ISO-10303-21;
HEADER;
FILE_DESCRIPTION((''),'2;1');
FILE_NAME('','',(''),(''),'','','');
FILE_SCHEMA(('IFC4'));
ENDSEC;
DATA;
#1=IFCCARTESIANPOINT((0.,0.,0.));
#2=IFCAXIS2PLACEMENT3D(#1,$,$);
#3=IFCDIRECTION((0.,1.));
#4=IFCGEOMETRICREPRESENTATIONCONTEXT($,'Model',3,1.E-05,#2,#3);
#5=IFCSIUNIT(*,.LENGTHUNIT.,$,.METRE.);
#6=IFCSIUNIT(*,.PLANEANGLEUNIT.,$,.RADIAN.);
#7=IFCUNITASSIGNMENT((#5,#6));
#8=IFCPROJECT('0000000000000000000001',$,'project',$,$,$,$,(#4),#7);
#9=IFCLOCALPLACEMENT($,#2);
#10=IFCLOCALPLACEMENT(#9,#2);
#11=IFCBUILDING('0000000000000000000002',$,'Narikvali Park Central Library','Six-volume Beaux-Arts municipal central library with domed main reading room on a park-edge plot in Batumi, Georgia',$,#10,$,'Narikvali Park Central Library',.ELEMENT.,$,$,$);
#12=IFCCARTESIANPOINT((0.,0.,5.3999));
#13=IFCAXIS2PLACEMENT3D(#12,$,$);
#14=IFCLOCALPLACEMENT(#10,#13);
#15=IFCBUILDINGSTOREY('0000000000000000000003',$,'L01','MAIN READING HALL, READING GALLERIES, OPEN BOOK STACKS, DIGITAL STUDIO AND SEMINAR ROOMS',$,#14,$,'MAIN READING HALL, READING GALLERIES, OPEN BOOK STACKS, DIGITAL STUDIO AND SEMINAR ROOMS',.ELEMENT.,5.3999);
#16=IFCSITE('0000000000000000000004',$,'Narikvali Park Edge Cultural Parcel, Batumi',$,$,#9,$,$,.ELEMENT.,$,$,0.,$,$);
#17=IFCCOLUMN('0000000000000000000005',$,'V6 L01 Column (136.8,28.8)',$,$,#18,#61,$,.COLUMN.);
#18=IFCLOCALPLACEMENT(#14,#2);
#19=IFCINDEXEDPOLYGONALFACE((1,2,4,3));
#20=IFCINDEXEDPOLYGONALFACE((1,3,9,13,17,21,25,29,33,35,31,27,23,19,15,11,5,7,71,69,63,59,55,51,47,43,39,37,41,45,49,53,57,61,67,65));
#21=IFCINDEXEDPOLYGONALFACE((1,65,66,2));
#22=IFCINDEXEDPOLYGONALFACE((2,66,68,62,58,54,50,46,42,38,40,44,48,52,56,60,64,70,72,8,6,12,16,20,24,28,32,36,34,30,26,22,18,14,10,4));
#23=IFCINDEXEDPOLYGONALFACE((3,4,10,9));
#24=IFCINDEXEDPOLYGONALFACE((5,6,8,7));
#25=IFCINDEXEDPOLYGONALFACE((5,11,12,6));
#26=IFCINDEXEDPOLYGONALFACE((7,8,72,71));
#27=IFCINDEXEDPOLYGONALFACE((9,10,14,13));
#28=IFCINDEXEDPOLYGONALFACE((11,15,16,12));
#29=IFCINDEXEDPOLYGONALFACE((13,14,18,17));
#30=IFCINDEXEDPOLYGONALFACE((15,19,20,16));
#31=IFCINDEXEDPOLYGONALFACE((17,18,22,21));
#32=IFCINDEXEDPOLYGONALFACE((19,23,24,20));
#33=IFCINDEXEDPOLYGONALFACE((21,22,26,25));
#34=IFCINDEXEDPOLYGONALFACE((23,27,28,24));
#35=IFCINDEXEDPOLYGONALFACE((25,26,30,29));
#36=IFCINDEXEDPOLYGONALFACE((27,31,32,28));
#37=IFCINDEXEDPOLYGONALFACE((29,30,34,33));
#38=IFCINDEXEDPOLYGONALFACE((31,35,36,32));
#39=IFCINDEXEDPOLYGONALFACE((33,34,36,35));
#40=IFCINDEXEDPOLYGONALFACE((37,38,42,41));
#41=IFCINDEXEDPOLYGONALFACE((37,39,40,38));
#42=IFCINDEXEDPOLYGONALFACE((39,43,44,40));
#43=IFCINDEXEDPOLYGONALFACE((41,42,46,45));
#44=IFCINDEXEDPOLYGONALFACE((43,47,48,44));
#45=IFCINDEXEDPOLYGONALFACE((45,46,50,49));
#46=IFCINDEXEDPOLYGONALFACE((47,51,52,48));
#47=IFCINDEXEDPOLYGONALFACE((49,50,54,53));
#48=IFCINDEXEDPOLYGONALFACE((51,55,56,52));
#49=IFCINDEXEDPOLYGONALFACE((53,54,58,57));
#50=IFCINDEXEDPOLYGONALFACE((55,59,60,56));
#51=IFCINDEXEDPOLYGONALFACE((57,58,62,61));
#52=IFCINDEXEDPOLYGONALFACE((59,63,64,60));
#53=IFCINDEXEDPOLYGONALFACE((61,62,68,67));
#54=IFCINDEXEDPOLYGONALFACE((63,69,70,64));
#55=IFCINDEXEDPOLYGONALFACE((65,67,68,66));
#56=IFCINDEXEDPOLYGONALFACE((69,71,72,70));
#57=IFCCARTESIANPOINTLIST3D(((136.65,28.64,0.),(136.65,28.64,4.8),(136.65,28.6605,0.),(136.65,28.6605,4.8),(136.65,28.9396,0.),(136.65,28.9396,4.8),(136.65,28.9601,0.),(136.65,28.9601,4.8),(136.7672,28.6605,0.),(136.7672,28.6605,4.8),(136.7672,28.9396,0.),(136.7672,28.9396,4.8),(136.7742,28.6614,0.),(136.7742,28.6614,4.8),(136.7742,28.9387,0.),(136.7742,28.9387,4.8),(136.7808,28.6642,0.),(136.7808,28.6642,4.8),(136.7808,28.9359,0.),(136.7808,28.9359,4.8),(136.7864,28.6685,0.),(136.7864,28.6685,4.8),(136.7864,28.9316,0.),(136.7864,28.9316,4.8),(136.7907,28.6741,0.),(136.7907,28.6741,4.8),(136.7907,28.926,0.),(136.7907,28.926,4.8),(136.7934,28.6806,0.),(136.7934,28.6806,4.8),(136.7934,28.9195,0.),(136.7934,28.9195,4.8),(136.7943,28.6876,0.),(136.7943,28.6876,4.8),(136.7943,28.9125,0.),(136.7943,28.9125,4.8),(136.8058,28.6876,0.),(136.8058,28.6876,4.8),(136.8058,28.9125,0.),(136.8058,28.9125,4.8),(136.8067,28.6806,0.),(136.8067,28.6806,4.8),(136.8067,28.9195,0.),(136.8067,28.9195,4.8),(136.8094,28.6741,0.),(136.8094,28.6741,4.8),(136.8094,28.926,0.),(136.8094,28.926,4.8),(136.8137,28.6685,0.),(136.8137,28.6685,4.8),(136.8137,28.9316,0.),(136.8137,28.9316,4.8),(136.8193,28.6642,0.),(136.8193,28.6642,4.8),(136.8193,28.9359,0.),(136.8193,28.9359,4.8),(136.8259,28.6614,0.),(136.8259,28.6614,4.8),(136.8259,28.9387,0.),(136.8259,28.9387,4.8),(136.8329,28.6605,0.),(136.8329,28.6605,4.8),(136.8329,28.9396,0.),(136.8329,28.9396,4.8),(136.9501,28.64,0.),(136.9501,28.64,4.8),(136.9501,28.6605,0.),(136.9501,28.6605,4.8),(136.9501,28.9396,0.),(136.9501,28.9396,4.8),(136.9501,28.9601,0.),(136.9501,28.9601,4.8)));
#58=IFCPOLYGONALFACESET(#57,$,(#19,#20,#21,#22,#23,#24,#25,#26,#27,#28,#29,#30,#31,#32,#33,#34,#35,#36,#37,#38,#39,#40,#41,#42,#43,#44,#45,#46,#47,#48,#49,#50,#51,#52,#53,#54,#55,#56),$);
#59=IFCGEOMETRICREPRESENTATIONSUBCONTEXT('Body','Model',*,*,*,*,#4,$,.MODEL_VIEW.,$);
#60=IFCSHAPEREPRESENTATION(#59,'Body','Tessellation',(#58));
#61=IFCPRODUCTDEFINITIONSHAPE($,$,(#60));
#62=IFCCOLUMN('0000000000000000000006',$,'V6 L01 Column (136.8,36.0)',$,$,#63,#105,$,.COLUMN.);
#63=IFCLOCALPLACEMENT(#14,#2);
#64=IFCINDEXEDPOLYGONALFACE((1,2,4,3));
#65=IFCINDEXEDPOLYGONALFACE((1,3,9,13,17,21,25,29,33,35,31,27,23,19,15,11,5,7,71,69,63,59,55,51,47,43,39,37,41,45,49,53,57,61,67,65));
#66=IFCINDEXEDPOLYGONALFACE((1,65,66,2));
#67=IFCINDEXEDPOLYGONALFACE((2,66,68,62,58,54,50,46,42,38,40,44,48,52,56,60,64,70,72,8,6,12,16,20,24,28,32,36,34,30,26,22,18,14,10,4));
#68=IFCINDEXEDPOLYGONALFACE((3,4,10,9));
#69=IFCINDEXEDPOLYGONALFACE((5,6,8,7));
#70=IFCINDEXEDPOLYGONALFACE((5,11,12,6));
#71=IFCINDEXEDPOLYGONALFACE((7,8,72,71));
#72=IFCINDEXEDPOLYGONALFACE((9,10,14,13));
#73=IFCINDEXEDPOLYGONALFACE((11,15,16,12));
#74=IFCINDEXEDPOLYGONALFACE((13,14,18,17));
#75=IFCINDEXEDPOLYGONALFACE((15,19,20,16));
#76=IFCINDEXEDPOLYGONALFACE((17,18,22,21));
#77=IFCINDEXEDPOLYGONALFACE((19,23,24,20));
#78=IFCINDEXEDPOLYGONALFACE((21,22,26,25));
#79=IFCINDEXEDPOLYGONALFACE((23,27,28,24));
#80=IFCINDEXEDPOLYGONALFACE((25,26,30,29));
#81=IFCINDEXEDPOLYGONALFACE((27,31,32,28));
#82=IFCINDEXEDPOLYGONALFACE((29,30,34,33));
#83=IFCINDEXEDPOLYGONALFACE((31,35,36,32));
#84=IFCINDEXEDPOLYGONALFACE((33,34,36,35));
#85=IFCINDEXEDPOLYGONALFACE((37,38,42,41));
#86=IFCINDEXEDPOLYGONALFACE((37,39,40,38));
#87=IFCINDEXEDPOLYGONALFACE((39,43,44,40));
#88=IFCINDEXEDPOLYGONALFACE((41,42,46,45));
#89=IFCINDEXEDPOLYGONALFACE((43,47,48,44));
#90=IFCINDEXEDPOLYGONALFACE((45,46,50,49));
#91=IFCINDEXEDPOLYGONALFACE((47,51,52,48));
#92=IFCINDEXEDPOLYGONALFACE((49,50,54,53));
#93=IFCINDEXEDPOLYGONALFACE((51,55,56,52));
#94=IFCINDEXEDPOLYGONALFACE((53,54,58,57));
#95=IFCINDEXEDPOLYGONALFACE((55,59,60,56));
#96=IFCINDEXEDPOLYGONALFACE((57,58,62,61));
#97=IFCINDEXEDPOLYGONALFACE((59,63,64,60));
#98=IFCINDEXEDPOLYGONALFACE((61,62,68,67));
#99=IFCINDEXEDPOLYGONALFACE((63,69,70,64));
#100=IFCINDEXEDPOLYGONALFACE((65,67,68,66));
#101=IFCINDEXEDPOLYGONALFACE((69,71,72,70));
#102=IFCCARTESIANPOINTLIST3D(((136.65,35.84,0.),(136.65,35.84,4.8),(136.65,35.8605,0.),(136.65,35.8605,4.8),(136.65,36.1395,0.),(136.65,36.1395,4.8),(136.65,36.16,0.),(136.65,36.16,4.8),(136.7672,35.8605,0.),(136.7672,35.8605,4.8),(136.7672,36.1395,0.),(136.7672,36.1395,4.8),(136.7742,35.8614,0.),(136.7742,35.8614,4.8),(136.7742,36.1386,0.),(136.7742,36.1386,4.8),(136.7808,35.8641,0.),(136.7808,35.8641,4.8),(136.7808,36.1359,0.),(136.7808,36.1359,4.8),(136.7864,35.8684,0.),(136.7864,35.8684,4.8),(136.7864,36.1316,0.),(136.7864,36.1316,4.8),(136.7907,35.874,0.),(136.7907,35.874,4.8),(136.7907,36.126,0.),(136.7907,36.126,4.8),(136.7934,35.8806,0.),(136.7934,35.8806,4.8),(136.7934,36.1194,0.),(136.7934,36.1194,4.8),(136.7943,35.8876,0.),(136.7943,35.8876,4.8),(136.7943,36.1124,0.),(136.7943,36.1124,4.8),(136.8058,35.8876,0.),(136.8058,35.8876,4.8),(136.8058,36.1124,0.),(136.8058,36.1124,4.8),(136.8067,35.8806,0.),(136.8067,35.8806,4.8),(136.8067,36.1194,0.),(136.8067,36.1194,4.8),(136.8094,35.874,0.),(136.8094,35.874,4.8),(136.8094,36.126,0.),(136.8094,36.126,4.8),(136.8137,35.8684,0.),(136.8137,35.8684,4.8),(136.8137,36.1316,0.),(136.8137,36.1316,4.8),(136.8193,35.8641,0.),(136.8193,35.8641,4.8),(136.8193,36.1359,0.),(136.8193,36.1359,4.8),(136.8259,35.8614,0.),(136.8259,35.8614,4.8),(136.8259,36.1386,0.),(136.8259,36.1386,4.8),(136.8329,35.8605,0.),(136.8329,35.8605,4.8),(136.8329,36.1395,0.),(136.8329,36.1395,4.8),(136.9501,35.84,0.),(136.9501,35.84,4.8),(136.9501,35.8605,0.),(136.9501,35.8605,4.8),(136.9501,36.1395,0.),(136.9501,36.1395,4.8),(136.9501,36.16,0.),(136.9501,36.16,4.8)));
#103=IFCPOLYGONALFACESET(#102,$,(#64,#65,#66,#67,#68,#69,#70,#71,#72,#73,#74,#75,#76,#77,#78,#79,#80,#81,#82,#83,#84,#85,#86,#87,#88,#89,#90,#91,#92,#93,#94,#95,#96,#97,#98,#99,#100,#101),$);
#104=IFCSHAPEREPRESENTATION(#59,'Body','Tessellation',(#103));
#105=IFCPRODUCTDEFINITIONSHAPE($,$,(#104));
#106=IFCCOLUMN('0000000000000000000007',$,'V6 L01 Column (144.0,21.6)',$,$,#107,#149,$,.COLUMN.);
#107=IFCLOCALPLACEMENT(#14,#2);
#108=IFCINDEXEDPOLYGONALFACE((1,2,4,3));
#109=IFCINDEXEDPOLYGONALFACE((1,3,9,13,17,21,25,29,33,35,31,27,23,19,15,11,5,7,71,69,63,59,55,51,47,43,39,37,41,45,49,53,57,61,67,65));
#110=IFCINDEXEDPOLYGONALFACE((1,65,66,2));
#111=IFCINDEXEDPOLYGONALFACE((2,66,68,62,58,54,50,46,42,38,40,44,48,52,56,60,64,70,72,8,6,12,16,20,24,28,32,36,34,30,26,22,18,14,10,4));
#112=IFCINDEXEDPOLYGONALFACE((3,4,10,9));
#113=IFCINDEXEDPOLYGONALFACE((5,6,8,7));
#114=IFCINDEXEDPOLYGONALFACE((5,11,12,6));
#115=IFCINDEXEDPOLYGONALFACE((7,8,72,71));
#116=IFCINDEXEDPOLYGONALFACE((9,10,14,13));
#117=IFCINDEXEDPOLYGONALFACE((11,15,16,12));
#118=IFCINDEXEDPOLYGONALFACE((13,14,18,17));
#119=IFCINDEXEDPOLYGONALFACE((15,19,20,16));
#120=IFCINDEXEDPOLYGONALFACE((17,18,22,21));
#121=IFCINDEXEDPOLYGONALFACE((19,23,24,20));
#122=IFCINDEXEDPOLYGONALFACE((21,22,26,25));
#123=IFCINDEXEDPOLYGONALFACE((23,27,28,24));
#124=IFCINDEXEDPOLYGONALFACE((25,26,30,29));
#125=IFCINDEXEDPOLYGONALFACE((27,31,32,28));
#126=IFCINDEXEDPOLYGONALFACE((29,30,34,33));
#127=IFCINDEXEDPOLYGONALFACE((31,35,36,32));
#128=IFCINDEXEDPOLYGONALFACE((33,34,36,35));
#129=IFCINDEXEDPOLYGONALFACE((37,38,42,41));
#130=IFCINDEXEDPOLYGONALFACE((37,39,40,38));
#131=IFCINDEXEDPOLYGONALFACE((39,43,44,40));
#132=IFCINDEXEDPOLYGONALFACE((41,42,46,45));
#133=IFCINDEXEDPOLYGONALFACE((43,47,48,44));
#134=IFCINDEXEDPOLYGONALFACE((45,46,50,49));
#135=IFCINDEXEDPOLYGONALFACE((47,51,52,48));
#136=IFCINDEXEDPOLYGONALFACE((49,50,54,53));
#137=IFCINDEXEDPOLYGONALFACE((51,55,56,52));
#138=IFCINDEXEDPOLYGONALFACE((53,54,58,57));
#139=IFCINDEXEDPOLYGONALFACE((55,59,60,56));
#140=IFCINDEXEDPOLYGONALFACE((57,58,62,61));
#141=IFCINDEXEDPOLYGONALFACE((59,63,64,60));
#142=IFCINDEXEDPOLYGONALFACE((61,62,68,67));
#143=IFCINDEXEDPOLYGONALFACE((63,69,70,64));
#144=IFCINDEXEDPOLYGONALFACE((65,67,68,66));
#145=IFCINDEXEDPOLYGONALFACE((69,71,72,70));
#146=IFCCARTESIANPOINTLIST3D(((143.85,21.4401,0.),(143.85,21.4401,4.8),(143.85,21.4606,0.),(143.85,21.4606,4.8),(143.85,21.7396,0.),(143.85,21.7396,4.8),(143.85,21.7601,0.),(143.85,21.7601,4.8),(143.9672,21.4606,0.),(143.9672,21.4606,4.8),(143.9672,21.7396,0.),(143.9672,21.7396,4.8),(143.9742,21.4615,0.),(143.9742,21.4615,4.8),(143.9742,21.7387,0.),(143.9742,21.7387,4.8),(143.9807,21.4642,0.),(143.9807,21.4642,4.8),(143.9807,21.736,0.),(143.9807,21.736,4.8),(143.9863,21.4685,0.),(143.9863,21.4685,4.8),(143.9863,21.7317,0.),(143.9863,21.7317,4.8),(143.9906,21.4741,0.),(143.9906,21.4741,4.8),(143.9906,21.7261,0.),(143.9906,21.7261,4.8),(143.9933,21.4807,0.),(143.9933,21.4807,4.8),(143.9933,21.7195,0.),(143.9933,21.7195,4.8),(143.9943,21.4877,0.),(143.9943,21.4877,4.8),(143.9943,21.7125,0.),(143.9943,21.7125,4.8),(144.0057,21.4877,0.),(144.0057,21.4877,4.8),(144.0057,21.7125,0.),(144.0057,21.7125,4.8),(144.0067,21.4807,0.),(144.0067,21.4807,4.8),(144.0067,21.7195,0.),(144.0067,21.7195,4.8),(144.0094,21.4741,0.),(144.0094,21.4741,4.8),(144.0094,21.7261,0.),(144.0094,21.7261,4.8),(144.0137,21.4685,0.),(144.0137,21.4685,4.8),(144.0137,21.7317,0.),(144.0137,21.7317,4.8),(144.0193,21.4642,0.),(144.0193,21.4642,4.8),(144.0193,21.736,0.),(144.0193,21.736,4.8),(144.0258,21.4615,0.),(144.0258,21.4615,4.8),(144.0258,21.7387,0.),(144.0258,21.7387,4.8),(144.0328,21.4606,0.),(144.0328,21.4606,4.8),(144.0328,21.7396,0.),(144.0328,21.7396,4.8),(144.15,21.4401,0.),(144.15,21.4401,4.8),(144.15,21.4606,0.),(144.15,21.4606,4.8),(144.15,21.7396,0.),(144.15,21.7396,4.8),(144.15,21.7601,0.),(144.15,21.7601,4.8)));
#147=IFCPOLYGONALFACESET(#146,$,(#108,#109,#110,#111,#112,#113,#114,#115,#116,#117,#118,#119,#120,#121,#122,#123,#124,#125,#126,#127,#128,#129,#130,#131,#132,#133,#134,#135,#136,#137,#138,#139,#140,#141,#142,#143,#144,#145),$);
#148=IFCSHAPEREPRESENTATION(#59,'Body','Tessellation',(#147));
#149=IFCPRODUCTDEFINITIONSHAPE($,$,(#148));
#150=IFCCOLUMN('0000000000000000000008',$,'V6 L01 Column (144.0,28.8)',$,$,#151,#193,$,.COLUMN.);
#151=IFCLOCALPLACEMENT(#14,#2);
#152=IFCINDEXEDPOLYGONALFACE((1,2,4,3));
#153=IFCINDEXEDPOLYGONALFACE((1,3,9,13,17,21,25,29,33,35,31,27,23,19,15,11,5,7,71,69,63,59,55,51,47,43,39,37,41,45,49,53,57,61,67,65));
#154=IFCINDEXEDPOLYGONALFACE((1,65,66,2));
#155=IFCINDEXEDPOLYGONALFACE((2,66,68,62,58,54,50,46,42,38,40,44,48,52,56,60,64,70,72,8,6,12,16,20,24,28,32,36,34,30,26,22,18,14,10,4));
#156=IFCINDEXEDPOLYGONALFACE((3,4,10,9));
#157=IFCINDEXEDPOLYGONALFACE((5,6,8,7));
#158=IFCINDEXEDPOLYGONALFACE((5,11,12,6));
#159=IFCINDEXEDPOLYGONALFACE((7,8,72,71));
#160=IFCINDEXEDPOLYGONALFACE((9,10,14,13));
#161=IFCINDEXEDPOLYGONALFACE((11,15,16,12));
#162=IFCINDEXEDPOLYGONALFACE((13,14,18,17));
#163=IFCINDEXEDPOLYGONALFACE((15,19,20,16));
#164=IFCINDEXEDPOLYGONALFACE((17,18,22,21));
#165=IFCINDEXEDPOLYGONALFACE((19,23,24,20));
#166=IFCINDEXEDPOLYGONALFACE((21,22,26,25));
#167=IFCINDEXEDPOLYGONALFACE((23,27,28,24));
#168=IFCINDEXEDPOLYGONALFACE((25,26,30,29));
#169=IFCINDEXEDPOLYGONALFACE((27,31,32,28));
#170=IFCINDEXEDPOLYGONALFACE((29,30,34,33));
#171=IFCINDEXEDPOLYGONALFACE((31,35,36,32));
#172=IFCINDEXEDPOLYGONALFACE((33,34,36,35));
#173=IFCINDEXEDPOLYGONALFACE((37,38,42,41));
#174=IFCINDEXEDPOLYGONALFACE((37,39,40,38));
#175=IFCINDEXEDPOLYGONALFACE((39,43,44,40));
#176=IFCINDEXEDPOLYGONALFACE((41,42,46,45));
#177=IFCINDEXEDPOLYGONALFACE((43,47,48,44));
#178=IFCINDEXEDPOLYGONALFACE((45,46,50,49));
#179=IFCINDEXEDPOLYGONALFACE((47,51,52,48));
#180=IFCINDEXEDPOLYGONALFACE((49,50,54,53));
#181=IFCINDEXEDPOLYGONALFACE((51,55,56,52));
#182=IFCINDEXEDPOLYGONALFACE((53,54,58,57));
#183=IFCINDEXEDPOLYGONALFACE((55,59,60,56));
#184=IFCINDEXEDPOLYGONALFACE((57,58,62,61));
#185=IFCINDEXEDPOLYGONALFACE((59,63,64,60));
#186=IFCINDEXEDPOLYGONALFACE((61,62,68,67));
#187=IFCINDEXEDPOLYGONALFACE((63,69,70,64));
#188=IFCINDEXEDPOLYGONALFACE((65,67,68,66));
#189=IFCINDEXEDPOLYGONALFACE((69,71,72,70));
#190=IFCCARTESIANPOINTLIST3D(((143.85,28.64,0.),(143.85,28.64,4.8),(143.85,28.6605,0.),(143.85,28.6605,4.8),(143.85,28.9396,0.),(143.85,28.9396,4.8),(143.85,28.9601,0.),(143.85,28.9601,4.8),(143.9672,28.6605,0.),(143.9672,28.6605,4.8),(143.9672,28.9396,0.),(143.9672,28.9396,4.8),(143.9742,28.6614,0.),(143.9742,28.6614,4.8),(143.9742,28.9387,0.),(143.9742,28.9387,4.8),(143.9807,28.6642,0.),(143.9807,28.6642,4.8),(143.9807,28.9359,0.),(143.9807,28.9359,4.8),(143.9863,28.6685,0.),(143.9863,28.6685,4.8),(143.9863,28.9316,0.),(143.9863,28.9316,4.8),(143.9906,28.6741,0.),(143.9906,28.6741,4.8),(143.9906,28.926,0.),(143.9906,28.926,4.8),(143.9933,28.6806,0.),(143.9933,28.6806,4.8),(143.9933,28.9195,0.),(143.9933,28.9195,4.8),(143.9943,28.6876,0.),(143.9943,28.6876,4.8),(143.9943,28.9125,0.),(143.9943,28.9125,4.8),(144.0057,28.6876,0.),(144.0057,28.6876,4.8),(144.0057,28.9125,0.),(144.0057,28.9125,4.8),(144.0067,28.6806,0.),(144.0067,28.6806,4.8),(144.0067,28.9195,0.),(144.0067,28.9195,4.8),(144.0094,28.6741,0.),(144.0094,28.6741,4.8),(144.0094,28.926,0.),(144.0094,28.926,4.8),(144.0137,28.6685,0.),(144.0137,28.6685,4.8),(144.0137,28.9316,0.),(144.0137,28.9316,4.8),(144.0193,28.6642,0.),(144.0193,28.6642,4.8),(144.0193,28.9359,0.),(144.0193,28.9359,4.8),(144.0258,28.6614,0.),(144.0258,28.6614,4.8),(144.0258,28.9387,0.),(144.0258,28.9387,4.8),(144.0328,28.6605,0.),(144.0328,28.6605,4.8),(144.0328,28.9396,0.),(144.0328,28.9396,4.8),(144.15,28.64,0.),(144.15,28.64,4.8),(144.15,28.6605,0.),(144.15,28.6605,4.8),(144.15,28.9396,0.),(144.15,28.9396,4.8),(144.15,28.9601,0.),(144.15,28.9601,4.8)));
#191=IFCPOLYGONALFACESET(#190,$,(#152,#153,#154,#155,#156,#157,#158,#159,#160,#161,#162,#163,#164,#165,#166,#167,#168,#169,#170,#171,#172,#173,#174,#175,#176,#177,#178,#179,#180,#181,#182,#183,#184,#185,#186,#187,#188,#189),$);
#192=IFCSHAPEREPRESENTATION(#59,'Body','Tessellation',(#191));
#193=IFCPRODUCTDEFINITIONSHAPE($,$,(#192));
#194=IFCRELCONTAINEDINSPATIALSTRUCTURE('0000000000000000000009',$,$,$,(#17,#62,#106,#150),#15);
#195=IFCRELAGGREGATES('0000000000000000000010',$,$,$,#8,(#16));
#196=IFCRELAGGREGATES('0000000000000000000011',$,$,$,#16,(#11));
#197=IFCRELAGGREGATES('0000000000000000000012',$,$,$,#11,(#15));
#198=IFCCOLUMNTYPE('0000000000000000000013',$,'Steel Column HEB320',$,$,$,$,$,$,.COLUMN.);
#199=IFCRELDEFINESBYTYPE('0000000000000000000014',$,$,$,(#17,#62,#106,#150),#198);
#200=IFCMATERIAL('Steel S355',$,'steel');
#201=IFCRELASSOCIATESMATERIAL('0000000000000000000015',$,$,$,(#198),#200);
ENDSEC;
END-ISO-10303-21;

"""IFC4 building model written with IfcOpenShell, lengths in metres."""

from ifc_helpers import new_model, si_unit, direction, frame, origin, origin_2d, place, context, subcontext, project, spatial, i_section, extrude, material, material_profile, profile_set, type_object, element, save


model = new_model("IFC4")

# Units and contexts
model_context = context("Model", 3, precision=1e-05, world=origin(), true_north=direction((0.0, 1.0)))
body_context = subcontext(model_context, "Body", "Model", "MODEL_VIEW")
ifc_project = project(units=[si_unit("LENGTHUNIT", "METRE"), si_unit("PLANEANGLEUNIT", "RADIAN")], contexts=[model_context])

# Site, building, storey
site_placement = place(None, origin())
site = spatial("IfcSite", under=ifc_project, at=site_placement, Name="Narikvali Park Edge Cultural Parcel, Batumi", CompositionType="ELEMENT", RefElevation=0.0)
building_placement = place(site_placement, origin())
building = spatial("IfcBuilding", under=site, at=building_placement, Name="Narikvali Park Central Library", Description="Six-volume Beaux-Arts municipal central library with domed main reading room on a park-edge plot in Batumi, Georgia", LongName="Narikvali Park Central Library", CompositionType="ELEMENT")
storey_placement = place(building_placement, frame((0.0, 0.0, 5.3999)))
storey = spatial("IfcBuildingStorey", under=building, at=storey_placement, Name="L01", Description="MAIN READING HALL, READING GALLERIES, OPEN BOOK STACKS, DIGITAL STUDIO AND SEMINAR ROOMS", LongName="MAIN READING HALL, READING GALLERIES, OPEN BOOK STACKS, DIGITAL STUDIO AND SEMINAR ROOMS", CompositionType="ELEMENT", Elevation=5.3999)

# Columns
ifc_material_1 = material(Name="Steel S355", Category="steel")
ifc_material_profile_1 = material_profile(ifc_material_1, i_section(OverallWidth=0.3, OverallDepth=0.3201, WebThickness=0.0115, FlangeThickness=0.0205, FilletRadius=0.0271, at=origin_2d()), Name="HEB 320")
ifc_profile_set_1 = profile_set([ifc_material_profile_1], Name="Steel S355")
column_type = type_object("IfcColumnType", Name="Steel Column HEB320", PredefinedType="COLUMN", material=ifc_profile_set_1)
for number, where, z_axis, x_axis, name in (
    (1, (136.8, 28.8, 0.0), (0.0, 0.0, 1.0), (1.0, 0.0, 0.0), "V6 L01 Column (136.8,28.8)"),
    (2, (136.8, 36.0, 0.0), (0.0, 0.0, 1.0), (1.0, 0.0, 0.0), "V6 L01 Column (136.8,36.0)"),
    (3, (144.0, 21.6001, 0.0), (0.0, 0.0, 1.0), (1.0, 0.0, 0.0), "V6 L01 Column (144.0,21.6)"),
    (4, (144.0, 28.8, 0.0), (0.0, 0.0, 1.0), (1.0, 0.0, 0.0), "V6 L01 Column (144.0,28.8)"),
):
    element("IfcColumn", number, at=place(storey_placement, frame(where, z_axis=z_axis, x_axis=x_axis)), inside=storey, type_object=column_type, Name=name, PredefinedType="COLUMN", context=body_context, shape_type="SweptSolid", body=[
        extrude(i_section(OverallWidth=0.3, OverallDepth=0.3201, WebThickness=0.0115, FlangeThickness=0.0205, FilletRadius=0.0271, at=origin_2d()), origin(), (0.0, 0.0, 1.0), 4.8),
    ])

save(model, "model.ifc")
